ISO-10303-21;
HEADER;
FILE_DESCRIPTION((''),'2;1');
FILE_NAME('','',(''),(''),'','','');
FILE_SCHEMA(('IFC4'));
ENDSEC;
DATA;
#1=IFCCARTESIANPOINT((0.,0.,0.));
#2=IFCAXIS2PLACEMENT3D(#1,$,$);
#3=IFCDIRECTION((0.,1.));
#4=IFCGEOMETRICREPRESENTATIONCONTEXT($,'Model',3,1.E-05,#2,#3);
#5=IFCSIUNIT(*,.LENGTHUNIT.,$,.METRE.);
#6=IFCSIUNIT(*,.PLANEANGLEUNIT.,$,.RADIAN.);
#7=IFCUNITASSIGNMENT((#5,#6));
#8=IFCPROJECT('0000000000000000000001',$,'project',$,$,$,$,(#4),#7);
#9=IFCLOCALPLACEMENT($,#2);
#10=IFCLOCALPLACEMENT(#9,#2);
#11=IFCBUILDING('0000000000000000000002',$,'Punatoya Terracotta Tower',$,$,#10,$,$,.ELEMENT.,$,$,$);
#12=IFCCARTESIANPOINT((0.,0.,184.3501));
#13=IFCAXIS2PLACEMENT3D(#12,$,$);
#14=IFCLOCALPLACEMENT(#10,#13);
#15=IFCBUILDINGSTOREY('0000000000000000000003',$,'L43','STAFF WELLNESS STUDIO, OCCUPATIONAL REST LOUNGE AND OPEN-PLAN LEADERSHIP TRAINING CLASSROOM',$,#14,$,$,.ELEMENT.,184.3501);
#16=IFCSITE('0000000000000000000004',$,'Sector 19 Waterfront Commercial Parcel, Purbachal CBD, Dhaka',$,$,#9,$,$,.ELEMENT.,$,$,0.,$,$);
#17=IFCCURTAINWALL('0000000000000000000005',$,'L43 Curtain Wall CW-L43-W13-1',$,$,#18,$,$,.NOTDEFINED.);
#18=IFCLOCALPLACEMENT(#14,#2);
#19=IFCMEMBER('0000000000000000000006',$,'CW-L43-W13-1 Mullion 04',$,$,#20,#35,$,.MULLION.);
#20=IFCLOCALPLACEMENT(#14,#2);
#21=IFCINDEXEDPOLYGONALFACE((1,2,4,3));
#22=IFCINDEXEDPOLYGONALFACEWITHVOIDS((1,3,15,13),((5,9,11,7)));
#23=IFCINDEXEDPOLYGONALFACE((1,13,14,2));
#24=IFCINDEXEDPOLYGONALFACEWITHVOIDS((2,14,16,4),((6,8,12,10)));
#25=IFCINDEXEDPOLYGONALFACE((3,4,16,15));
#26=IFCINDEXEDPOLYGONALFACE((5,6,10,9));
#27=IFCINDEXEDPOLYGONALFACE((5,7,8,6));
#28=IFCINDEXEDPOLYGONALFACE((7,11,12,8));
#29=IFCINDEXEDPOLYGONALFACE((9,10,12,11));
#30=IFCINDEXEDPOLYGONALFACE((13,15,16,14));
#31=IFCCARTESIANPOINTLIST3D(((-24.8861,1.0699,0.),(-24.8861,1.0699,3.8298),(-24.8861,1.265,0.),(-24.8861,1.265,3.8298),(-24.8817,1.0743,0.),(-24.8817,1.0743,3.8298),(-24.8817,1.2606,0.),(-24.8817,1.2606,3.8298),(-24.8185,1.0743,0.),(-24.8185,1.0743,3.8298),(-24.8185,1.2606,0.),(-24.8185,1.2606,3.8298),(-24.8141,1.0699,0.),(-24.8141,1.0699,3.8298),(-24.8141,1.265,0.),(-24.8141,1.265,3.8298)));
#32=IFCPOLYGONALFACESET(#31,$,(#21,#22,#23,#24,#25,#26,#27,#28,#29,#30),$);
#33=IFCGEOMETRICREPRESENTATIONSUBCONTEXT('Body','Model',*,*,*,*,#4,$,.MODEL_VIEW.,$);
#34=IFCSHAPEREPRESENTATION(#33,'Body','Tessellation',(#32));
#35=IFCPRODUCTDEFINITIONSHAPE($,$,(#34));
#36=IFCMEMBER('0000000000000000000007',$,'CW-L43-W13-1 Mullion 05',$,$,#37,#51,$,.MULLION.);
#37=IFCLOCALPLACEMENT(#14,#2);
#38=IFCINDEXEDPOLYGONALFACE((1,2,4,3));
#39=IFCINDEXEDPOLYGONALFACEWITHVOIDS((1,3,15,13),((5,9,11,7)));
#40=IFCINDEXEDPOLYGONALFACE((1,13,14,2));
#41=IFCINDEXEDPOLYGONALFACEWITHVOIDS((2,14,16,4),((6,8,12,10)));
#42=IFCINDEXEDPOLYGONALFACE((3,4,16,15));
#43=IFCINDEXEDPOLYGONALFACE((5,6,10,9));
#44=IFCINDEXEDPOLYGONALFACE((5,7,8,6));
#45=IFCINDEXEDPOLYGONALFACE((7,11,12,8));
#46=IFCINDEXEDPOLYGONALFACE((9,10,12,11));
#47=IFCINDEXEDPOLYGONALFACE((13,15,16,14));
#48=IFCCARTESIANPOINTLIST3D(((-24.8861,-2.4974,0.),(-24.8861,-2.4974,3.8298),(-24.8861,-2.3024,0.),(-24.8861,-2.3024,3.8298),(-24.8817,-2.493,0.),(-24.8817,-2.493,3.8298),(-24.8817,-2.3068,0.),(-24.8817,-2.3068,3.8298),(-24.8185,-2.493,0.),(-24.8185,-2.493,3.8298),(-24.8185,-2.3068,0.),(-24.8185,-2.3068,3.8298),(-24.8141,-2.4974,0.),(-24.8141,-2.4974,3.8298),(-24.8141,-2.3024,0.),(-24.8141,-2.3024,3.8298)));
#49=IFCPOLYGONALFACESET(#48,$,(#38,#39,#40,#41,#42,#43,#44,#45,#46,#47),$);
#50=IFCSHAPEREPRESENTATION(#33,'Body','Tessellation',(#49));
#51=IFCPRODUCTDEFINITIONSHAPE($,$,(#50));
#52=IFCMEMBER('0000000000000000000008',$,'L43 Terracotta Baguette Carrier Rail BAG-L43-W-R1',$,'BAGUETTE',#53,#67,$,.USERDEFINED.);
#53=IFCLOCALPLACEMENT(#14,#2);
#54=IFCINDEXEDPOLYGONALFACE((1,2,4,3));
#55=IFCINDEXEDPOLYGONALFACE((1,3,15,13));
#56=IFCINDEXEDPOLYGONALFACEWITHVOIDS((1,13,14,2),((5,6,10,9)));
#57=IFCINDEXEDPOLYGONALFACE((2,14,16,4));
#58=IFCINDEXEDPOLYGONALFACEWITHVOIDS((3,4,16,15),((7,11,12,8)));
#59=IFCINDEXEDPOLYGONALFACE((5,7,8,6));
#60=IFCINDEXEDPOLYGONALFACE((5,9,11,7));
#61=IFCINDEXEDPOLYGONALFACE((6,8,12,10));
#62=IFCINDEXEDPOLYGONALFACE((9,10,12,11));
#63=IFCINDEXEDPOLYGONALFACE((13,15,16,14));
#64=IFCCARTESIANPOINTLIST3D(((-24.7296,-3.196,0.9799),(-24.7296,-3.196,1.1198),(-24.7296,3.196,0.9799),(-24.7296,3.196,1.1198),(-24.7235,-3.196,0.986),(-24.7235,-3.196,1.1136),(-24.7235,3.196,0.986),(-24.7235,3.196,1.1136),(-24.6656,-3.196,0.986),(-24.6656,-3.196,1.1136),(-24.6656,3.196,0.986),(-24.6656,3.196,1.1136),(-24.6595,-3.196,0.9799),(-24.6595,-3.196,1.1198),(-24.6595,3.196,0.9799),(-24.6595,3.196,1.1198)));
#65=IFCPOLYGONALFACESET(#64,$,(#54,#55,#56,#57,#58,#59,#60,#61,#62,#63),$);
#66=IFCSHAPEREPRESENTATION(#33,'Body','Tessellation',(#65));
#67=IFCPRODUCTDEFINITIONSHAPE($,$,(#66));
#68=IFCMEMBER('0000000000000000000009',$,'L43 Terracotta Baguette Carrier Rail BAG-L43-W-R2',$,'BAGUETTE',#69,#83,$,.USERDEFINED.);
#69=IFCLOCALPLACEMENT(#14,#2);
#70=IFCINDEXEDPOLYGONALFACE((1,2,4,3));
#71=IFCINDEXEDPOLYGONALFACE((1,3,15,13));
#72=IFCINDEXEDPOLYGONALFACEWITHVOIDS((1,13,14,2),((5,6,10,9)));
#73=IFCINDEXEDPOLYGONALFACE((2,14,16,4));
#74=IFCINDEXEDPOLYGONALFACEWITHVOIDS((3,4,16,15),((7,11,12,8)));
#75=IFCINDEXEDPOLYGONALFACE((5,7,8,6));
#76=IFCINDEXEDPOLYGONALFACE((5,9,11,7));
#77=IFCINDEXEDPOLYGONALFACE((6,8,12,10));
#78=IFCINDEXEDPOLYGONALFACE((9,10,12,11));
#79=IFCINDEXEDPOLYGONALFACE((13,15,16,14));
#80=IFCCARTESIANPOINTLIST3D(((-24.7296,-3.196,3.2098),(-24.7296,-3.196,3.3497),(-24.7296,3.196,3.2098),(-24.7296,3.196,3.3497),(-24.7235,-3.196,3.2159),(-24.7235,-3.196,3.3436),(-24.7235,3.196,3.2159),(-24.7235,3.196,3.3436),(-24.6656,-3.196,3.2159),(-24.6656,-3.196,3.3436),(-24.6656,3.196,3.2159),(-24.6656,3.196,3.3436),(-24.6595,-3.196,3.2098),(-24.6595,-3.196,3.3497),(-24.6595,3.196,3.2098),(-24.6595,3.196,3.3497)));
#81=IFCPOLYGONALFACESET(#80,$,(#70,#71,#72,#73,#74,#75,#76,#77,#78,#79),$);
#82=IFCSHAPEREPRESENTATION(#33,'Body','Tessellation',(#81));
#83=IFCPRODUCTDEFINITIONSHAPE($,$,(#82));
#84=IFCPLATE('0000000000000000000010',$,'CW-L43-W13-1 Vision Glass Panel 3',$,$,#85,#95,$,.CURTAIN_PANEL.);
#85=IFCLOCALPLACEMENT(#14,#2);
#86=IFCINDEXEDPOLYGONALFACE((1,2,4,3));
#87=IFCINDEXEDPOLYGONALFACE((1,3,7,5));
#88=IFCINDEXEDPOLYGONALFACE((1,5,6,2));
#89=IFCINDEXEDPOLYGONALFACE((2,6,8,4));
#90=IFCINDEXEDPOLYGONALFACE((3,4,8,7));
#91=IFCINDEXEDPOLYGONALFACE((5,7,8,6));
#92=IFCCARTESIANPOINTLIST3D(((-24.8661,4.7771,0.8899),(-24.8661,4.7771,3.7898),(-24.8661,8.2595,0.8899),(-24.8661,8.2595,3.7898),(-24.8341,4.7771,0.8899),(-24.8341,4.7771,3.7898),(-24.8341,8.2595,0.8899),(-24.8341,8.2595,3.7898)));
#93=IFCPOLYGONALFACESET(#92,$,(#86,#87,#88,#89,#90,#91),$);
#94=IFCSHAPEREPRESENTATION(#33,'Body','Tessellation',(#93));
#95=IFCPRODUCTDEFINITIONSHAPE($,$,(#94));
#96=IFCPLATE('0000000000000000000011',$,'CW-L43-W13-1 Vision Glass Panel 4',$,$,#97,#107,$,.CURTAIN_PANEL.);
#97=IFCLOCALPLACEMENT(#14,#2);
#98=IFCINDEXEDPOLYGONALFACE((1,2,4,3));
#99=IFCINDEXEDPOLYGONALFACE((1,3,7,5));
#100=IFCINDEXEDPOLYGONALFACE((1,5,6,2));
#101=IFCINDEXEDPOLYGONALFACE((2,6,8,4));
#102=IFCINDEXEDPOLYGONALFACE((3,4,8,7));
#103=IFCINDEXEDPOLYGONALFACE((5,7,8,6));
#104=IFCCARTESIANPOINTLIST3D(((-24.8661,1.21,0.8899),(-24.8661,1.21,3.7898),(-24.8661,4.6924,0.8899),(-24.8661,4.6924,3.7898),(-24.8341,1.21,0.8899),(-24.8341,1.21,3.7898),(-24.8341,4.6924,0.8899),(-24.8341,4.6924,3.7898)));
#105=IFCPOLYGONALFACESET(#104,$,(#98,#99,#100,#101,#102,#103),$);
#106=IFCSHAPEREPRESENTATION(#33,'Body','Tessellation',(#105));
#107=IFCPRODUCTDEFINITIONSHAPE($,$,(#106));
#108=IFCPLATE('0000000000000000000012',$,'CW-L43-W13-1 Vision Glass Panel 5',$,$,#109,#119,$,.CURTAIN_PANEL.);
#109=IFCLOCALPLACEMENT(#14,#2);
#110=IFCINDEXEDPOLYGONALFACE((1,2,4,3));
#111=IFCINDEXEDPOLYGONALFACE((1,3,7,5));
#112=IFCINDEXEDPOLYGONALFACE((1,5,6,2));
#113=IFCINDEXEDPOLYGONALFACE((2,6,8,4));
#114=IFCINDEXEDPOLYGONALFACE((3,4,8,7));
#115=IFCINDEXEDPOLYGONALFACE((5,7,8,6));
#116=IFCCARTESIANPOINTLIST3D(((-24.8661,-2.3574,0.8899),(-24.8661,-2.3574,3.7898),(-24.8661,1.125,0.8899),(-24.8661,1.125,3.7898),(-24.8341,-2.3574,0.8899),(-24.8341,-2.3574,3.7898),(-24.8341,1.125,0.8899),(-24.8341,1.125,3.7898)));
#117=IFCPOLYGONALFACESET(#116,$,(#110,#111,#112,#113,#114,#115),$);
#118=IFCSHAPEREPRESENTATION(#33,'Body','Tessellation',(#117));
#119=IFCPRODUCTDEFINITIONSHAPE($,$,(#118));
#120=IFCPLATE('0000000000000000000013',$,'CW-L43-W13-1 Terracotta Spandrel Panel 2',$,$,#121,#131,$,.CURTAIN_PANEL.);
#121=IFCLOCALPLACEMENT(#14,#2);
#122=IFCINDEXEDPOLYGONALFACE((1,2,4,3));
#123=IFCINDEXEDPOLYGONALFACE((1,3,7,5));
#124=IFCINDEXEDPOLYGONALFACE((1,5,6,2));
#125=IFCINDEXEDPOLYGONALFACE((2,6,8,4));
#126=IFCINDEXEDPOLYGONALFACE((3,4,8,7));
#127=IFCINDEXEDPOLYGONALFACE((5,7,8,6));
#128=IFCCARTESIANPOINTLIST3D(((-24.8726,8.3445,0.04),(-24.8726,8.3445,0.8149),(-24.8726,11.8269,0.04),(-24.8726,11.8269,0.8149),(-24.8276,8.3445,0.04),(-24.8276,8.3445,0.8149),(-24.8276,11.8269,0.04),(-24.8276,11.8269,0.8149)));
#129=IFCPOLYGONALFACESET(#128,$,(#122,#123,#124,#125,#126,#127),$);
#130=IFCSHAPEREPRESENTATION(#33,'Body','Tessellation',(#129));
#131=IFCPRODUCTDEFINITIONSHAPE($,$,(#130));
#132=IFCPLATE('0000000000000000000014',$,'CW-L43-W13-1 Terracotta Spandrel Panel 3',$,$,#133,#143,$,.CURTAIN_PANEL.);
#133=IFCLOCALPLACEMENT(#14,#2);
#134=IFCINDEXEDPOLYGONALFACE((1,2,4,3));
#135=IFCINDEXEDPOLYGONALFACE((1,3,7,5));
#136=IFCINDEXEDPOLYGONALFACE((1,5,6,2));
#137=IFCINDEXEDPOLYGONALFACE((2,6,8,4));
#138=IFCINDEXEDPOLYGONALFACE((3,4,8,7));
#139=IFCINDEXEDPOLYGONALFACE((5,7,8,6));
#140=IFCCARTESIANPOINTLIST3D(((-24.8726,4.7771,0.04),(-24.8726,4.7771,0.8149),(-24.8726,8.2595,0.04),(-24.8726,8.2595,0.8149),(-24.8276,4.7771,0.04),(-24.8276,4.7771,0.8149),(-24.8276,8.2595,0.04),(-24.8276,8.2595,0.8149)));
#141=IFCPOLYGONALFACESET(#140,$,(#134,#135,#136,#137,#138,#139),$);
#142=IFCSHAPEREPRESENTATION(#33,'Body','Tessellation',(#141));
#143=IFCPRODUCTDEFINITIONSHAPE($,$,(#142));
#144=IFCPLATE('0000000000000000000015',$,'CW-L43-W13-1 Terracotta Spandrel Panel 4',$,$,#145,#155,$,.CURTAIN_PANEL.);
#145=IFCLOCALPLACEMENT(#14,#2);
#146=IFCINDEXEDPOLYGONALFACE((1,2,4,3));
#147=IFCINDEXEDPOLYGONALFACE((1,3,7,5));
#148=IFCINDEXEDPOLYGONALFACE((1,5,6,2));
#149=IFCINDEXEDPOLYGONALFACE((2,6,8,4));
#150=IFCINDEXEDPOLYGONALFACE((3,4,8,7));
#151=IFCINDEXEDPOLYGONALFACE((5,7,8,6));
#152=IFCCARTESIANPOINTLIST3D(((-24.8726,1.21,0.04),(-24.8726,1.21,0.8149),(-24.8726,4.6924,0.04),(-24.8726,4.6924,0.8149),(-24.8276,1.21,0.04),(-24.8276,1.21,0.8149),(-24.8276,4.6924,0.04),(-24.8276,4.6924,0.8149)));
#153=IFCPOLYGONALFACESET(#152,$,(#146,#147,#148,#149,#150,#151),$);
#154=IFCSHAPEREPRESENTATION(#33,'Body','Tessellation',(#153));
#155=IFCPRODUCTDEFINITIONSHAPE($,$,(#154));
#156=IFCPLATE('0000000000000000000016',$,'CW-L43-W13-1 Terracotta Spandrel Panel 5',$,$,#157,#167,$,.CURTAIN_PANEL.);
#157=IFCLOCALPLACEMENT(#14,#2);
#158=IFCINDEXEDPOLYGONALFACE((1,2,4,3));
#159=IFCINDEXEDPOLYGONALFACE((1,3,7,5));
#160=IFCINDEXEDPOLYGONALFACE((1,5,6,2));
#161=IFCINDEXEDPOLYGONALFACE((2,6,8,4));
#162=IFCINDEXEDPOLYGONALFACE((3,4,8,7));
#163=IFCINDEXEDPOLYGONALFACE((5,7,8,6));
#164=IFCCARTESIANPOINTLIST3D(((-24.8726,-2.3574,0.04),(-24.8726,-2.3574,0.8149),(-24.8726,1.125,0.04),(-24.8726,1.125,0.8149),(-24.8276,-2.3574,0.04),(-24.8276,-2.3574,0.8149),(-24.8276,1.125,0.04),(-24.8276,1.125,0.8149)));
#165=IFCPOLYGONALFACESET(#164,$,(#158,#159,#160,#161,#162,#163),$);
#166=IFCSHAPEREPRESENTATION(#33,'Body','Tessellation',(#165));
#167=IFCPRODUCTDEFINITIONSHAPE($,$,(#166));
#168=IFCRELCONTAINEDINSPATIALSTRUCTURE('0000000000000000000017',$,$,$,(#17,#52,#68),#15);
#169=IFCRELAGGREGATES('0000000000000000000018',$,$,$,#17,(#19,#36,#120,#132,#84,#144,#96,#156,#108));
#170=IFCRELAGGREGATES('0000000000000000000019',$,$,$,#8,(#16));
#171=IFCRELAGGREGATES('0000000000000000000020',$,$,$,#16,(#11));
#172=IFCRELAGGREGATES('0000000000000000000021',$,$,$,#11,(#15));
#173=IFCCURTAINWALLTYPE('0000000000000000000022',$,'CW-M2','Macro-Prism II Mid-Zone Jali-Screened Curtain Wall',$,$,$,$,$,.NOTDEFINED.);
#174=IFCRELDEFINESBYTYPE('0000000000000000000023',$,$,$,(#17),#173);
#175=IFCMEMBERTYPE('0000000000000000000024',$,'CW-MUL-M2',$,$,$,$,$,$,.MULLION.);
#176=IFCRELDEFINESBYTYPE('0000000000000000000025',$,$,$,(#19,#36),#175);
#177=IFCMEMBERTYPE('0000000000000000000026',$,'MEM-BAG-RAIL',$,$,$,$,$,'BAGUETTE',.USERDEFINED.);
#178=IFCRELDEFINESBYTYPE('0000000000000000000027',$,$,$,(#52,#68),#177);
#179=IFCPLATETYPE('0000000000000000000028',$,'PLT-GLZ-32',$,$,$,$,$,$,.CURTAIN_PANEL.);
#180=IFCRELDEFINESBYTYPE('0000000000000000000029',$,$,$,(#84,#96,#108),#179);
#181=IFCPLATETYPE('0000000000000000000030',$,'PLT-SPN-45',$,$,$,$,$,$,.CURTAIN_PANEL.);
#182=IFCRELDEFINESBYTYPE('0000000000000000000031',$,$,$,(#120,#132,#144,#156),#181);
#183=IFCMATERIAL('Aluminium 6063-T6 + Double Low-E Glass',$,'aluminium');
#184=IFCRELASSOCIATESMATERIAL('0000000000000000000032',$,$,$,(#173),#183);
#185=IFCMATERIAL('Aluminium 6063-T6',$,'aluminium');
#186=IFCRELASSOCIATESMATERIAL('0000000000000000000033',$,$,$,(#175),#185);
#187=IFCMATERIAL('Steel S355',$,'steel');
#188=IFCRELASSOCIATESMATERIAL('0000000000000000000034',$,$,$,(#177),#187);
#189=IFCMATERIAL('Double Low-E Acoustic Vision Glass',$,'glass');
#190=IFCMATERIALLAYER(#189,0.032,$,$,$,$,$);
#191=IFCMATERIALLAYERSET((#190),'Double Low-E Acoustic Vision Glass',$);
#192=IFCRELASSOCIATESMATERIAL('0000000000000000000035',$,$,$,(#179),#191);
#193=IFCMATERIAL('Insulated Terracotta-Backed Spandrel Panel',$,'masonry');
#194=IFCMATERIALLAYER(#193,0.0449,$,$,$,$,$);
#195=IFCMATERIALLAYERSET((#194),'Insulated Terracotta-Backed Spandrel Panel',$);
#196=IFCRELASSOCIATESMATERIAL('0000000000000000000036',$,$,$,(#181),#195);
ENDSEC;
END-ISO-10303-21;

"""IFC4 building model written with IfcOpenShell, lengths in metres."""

from ifc_helpers import new_model, si_unit, direction, frame, origin, origin_2d, place, context, subcontext, project, spatial, rectangle, hollow_rectangle, extrude, material, layer, layer_set, material_profile, profile_set, type_object, element, aggregate, save


model = new_model("IFC4")

# Units and contexts
model_context = context("Model", 3, precision=1e-05, world=origin(), true_north=direction((0.0, 1.0)))
body_context = subcontext(model_context, "Body", "Model", "MODEL_VIEW")
ifc_project = project(units=[si_unit("LENGTHUNIT", "METRE"), si_unit("PLANEANGLEUNIT", "RADIAN")], contexts=[model_context])

# Site, building, storey
site_placement = place(None, origin())
site = spatial("IfcSite", under=ifc_project, at=site_placement, Name="Sector 19 Waterfront Commercial Parcel, Purbachal CBD, Dhaka", CompositionType="ELEMENT", RefElevation=0.0)
building_placement = place(site_placement, origin())
building = spatial("IfcBuilding", under=site, at=building_placement, Name="Punatoya Terracotta Tower", CompositionType="ELEMENT")
storey_placement = place(building_placement, frame((0.0, 0.0, 184.3501)))
storey = spatial("IfcBuildingStorey", under=building, at=storey_placement, Name="L43", Description="STAFF WELLNESS STUDIO, OCCUPATIONAL REST LOUNGE AND OPEN-PLAN LEADERSHIP TRAINING CLASSROOM", CompositionType="ELEMENT", Elevation=184.3501)

# Shared definitions
ifc_material_1 = material(Name="Steel S355", Category="steel")

# Curtain wall, members
ifc_material_2 = material(Name="Aluminium 6063-T6 + Double Low-E Glass", Category="aluminium")
curtain_wall_type = type_object("IfcCurtainWallType", Name="CW-M2", Description="Macro-Prism II Mid-Zone Jali-Screened Curtain Wall", PredefinedType="NOTDEFINED", material=ifc_material_2)
curtain_wall_placement = place(storey_placement, origin())
curtain_wall = element("IfcCurtainWall", 1, at=curtain_wall_placement, inside=storey, type_object=curtain_wall_type, Name="L43 Curtain Wall CW-L43-W13-1", PredefinedType="NOTDEFINED")
ifc_material_3 = material(Name="Aluminium 6063-T6", Category="aluminium")
ifc_material_profile_1 = material_profile(ifc_material_3, hollow_rectangle(XDim=0.072, YDim=0.1951, WallThickness=0.0044, at=origin_2d()))
ifc_profile_set_1 = profile_set([ifc_material_profile_1], Name="Aluminium 6063-T6")
member_type_1 = type_object("IfcMemberType", Name="CW-MUL-M2", PredefinedType="MULLION", material=ifc_profile_set_1)
member_1_placement = place(storey_placement, frame((-24.8501, 1.1675, 0.0), z_axis=(0.0, 0.0, 1.0), x_axis=(1.0, 0.0, 0.0)))
member_1 = element("IfcMember", 2, at=member_1_placement, type_object=member_type_1, Name="CW-L43-W13-1 Mullion 04", PredefinedType="MULLION", context=body_context, shape_type="SweptSolid", body=[
    extrude(hollow_rectangle(XDim=0.072, YDim=0.1951, WallThickness=0.0044, at=origin_2d()), origin(), (0.0, 0.0, 1.0), 3.8298),
])
member_2_placement = place(storey_placement, frame((-24.8501, -2.3999, 0.0), z_axis=(0.0, 0.0, 1.0), x_axis=(1.0, 0.0, 0.0)))
member_2 = element("IfcMember", 3, at=member_2_placement, type_object=member_type_1, Name="CW-L43-W13-1 Mullion 05", PredefinedType="MULLION", context=body_context, shape_type="SweptSolid", body=[
    extrude(hollow_rectangle(XDim=0.072, YDim=0.1951, WallThickness=0.0044, at=origin_2d()), origin(), (0.0, 0.0, 1.0), 3.8298),
])

# Members
ifc_material_profile_2 = material_profile(ifc_material_1, hollow_rectangle(XDim=0.0701, YDim=0.1399, WallThickness=0.0061, at=origin_2d()))
ifc_profile_set_2 = profile_set([ifc_material_profile_2], Name="Steel S355")
member_type_2 = type_object("IfcMemberType", Name="MEM-BAG-RAIL", ElementType="BAGUETTE", PredefinedType="USERDEFINED", material=ifc_profile_set_2)
for number, where, z_axis, x_axis, name in (
    (4, (-24.6946, -3.196, 1.0498), (0.0, 1.0, 0.0), (-1.0, 0.0, 0.0), "L43 Terracotta Baguette Carrier Rail BAG-L43-W-R1"),
    (5, (-24.6946, -3.196, 3.2798), (0.0, 1.0, 0.0), (-1.0, 0.0, 0.0), "L43 Terracotta Baguette Carrier Rail BAG-L43-W-R2"),
):
    element("IfcMember", number, at=place(storey_placement, frame(where, z_axis=z_axis, x_axis=x_axis)), inside=storey, type_object=member_type_2, Name=name, ObjectType="BAGUETTE", PredefinedType="USERDEFINED", context=body_context, shape_type="SweptSolid", body=[
        extrude(hollow_rectangle(XDim=0.0701, YDim=0.1399, WallThickness=0.0061, at=origin_2d()), origin(), (0.0, 0.0, 1.0), 6.3921),
    ])

# Plates
ifc_material_4 = material(Name="Double Low-E Acoustic Vision Glass", Category="glass")
ifc_layer_1 = layer(ifc_material_4, 0.032)
ifc_layer_set_1 = layer_set([ifc_layer_1], Name="Double Low-E Acoustic Vision Glass")
plate_type_1 = type_object("IfcPlateType", Name="PLT-GLZ-32", PredefinedType="CURTAIN_PANEL", material=ifc_layer_set_1)
plate_1_placement = place(storey_placement, frame((-24.8501, 6.5183, 0.8899), z_axis=(0.0, 0.0, 1.0), x_axis=(0.0, -1.0, 0.0)))
plate_1 = element("IfcPlate", 6, at=plate_1_placement, type_object=plate_type_1, Name="CW-L43-W13-1 Vision Glass Panel 3", PredefinedType="CURTAIN_PANEL", context=body_context, shape_type="SweptSolid", body=[
    extrude(rectangle(XDim=3.4824, YDim=0.032, at=origin_2d()), origin(), (0.0, 0.0, 1.0), 2.8999),
])
plate_2_placement = place(storey_placement, frame((-24.8501, 2.9512, 0.8899), z_axis=(0.0, 0.0, 1.0), x_axis=(0.0, -1.0, 0.0)))
plate_2 = element("IfcPlate", 7, at=plate_2_placement, type_object=plate_type_1, Name="CW-L43-W13-1 Vision Glass Panel 4", PredefinedType="CURTAIN_PANEL", context=body_context, shape_type="SweptSolid", body=[
    extrude(rectangle(XDim=3.4824, YDim=0.032, at=origin_2d()), origin(), (0.0, 0.0, 1.0), 2.8999),
])
plate_3_placement = place(storey_placement, frame((-24.8501, -0.6162, 0.8899), z_axis=(0.0, 0.0, 1.0), x_axis=(0.0, -1.0, 0.0)))
plate_3 = element("IfcPlate", 8, at=plate_3_placement, type_object=plate_type_1, Name="CW-L43-W13-1 Vision Glass Panel 5", PredefinedType="CURTAIN_PANEL", context=body_context, shape_type="SweptSolid", body=[
    extrude(rectangle(XDim=3.4824, YDim=0.032, at=origin_2d()), origin(), (0.0, 0.0, 1.0), 2.8999),
])
ifc_material_5 = material(Name="Insulated Terracotta-Backed Spandrel Panel", Category="masonry")
ifc_layer_2 = layer(ifc_material_5, 0.0449)
ifc_layer_set_2 = layer_set([ifc_layer_2], Name="Insulated Terracotta-Backed Spandrel Panel")
plate_type_2 = type_object("IfcPlateType", Name="PLT-SPN-45", PredefinedType="CURTAIN_PANEL", material=ifc_layer_set_2)
plate_4_placement = place(storey_placement, frame((-24.8501, 10.0857, 0.04), z_axis=(0.0, 0.0, 1.0), x_axis=(0.0, -1.0, 0.0)))
plate_4 = element("IfcPlate", 9, at=plate_4_placement, type_object=plate_type_2, Name="CW-L43-W13-1 Terracotta Spandrel Panel 2", PredefinedType="CURTAIN_PANEL", context=body_context, shape_type="SweptSolid", body=[
    extrude(rectangle(XDim=3.4824, YDim=0.0449, at=origin_2d()), origin(), (0.0, 0.0, 1.0), 0.7749),
])
plate_5_placement = place(storey_placement, frame((-24.8501, 6.5183, 0.04), z_axis=(0.0, 0.0, 1.0), x_axis=(0.0, -1.0, 0.0)))
plate_5 = element("IfcPlate", 10, at=plate_5_placement, type_object=plate_type_2, Name="CW-L43-W13-1 Terracotta Spandrel Panel 3", PredefinedType="CURTAIN_PANEL", context=body_context, shape_type="SweptSolid", body=[
    extrude(rectangle(XDim=3.4824, YDim=0.0449, at=origin_2d()), origin(), (0.0, 0.0, 1.0), 0.7749),
])
plate_6_placement = place(storey_placement, frame((-24.8501, 2.9512, 0.04), z_axis=(0.0, 0.0, 1.0), x_axis=(0.0, -1.0, 0.0)))
plate_6 = element("IfcPlate", 11, at=plate_6_placement, type_object=plate_type_2, Name="CW-L43-W13-1 Terracotta Spandrel Panel 4", PredefinedType="CURTAIN_PANEL", context=body_context, shape_type="SweptSolid", body=[
    extrude(rectangle(XDim=3.4824, YDim=0.0449, at=origin_2d()), origin(), (0.0, 0.0, 1.0), 0.7749),
])
plate_7_placement = place(storey_placement, frame((-24.8501, -0.6162, 0.04), z_axis=(0.0, 0.0, 1.0), x_axis=(0.0, -1.0, 0.0)))
plate_7 = element("IfcPlate", 12, at=plate_7_placement, type_object=plate_type_2, Name="CW-L43-W13-1 Terracotta Spandrel Panel 5", PredefinedType="CURTAIN_PANEL", context=body_context, shape_type="SweptSolid", body=[
    extrude(rectangle(XDim=3.4824, YDim=0.0449, at=origin_2d()), origin(), (0.0, 0.0, 1.0), 0.7749),
])
aggregate(curtain_wall, [member_1, member_2, plate_4, plate_5, plate_1, plate_6, plate_2, plate_7, plate_3])

save(model, "model.ifc")
